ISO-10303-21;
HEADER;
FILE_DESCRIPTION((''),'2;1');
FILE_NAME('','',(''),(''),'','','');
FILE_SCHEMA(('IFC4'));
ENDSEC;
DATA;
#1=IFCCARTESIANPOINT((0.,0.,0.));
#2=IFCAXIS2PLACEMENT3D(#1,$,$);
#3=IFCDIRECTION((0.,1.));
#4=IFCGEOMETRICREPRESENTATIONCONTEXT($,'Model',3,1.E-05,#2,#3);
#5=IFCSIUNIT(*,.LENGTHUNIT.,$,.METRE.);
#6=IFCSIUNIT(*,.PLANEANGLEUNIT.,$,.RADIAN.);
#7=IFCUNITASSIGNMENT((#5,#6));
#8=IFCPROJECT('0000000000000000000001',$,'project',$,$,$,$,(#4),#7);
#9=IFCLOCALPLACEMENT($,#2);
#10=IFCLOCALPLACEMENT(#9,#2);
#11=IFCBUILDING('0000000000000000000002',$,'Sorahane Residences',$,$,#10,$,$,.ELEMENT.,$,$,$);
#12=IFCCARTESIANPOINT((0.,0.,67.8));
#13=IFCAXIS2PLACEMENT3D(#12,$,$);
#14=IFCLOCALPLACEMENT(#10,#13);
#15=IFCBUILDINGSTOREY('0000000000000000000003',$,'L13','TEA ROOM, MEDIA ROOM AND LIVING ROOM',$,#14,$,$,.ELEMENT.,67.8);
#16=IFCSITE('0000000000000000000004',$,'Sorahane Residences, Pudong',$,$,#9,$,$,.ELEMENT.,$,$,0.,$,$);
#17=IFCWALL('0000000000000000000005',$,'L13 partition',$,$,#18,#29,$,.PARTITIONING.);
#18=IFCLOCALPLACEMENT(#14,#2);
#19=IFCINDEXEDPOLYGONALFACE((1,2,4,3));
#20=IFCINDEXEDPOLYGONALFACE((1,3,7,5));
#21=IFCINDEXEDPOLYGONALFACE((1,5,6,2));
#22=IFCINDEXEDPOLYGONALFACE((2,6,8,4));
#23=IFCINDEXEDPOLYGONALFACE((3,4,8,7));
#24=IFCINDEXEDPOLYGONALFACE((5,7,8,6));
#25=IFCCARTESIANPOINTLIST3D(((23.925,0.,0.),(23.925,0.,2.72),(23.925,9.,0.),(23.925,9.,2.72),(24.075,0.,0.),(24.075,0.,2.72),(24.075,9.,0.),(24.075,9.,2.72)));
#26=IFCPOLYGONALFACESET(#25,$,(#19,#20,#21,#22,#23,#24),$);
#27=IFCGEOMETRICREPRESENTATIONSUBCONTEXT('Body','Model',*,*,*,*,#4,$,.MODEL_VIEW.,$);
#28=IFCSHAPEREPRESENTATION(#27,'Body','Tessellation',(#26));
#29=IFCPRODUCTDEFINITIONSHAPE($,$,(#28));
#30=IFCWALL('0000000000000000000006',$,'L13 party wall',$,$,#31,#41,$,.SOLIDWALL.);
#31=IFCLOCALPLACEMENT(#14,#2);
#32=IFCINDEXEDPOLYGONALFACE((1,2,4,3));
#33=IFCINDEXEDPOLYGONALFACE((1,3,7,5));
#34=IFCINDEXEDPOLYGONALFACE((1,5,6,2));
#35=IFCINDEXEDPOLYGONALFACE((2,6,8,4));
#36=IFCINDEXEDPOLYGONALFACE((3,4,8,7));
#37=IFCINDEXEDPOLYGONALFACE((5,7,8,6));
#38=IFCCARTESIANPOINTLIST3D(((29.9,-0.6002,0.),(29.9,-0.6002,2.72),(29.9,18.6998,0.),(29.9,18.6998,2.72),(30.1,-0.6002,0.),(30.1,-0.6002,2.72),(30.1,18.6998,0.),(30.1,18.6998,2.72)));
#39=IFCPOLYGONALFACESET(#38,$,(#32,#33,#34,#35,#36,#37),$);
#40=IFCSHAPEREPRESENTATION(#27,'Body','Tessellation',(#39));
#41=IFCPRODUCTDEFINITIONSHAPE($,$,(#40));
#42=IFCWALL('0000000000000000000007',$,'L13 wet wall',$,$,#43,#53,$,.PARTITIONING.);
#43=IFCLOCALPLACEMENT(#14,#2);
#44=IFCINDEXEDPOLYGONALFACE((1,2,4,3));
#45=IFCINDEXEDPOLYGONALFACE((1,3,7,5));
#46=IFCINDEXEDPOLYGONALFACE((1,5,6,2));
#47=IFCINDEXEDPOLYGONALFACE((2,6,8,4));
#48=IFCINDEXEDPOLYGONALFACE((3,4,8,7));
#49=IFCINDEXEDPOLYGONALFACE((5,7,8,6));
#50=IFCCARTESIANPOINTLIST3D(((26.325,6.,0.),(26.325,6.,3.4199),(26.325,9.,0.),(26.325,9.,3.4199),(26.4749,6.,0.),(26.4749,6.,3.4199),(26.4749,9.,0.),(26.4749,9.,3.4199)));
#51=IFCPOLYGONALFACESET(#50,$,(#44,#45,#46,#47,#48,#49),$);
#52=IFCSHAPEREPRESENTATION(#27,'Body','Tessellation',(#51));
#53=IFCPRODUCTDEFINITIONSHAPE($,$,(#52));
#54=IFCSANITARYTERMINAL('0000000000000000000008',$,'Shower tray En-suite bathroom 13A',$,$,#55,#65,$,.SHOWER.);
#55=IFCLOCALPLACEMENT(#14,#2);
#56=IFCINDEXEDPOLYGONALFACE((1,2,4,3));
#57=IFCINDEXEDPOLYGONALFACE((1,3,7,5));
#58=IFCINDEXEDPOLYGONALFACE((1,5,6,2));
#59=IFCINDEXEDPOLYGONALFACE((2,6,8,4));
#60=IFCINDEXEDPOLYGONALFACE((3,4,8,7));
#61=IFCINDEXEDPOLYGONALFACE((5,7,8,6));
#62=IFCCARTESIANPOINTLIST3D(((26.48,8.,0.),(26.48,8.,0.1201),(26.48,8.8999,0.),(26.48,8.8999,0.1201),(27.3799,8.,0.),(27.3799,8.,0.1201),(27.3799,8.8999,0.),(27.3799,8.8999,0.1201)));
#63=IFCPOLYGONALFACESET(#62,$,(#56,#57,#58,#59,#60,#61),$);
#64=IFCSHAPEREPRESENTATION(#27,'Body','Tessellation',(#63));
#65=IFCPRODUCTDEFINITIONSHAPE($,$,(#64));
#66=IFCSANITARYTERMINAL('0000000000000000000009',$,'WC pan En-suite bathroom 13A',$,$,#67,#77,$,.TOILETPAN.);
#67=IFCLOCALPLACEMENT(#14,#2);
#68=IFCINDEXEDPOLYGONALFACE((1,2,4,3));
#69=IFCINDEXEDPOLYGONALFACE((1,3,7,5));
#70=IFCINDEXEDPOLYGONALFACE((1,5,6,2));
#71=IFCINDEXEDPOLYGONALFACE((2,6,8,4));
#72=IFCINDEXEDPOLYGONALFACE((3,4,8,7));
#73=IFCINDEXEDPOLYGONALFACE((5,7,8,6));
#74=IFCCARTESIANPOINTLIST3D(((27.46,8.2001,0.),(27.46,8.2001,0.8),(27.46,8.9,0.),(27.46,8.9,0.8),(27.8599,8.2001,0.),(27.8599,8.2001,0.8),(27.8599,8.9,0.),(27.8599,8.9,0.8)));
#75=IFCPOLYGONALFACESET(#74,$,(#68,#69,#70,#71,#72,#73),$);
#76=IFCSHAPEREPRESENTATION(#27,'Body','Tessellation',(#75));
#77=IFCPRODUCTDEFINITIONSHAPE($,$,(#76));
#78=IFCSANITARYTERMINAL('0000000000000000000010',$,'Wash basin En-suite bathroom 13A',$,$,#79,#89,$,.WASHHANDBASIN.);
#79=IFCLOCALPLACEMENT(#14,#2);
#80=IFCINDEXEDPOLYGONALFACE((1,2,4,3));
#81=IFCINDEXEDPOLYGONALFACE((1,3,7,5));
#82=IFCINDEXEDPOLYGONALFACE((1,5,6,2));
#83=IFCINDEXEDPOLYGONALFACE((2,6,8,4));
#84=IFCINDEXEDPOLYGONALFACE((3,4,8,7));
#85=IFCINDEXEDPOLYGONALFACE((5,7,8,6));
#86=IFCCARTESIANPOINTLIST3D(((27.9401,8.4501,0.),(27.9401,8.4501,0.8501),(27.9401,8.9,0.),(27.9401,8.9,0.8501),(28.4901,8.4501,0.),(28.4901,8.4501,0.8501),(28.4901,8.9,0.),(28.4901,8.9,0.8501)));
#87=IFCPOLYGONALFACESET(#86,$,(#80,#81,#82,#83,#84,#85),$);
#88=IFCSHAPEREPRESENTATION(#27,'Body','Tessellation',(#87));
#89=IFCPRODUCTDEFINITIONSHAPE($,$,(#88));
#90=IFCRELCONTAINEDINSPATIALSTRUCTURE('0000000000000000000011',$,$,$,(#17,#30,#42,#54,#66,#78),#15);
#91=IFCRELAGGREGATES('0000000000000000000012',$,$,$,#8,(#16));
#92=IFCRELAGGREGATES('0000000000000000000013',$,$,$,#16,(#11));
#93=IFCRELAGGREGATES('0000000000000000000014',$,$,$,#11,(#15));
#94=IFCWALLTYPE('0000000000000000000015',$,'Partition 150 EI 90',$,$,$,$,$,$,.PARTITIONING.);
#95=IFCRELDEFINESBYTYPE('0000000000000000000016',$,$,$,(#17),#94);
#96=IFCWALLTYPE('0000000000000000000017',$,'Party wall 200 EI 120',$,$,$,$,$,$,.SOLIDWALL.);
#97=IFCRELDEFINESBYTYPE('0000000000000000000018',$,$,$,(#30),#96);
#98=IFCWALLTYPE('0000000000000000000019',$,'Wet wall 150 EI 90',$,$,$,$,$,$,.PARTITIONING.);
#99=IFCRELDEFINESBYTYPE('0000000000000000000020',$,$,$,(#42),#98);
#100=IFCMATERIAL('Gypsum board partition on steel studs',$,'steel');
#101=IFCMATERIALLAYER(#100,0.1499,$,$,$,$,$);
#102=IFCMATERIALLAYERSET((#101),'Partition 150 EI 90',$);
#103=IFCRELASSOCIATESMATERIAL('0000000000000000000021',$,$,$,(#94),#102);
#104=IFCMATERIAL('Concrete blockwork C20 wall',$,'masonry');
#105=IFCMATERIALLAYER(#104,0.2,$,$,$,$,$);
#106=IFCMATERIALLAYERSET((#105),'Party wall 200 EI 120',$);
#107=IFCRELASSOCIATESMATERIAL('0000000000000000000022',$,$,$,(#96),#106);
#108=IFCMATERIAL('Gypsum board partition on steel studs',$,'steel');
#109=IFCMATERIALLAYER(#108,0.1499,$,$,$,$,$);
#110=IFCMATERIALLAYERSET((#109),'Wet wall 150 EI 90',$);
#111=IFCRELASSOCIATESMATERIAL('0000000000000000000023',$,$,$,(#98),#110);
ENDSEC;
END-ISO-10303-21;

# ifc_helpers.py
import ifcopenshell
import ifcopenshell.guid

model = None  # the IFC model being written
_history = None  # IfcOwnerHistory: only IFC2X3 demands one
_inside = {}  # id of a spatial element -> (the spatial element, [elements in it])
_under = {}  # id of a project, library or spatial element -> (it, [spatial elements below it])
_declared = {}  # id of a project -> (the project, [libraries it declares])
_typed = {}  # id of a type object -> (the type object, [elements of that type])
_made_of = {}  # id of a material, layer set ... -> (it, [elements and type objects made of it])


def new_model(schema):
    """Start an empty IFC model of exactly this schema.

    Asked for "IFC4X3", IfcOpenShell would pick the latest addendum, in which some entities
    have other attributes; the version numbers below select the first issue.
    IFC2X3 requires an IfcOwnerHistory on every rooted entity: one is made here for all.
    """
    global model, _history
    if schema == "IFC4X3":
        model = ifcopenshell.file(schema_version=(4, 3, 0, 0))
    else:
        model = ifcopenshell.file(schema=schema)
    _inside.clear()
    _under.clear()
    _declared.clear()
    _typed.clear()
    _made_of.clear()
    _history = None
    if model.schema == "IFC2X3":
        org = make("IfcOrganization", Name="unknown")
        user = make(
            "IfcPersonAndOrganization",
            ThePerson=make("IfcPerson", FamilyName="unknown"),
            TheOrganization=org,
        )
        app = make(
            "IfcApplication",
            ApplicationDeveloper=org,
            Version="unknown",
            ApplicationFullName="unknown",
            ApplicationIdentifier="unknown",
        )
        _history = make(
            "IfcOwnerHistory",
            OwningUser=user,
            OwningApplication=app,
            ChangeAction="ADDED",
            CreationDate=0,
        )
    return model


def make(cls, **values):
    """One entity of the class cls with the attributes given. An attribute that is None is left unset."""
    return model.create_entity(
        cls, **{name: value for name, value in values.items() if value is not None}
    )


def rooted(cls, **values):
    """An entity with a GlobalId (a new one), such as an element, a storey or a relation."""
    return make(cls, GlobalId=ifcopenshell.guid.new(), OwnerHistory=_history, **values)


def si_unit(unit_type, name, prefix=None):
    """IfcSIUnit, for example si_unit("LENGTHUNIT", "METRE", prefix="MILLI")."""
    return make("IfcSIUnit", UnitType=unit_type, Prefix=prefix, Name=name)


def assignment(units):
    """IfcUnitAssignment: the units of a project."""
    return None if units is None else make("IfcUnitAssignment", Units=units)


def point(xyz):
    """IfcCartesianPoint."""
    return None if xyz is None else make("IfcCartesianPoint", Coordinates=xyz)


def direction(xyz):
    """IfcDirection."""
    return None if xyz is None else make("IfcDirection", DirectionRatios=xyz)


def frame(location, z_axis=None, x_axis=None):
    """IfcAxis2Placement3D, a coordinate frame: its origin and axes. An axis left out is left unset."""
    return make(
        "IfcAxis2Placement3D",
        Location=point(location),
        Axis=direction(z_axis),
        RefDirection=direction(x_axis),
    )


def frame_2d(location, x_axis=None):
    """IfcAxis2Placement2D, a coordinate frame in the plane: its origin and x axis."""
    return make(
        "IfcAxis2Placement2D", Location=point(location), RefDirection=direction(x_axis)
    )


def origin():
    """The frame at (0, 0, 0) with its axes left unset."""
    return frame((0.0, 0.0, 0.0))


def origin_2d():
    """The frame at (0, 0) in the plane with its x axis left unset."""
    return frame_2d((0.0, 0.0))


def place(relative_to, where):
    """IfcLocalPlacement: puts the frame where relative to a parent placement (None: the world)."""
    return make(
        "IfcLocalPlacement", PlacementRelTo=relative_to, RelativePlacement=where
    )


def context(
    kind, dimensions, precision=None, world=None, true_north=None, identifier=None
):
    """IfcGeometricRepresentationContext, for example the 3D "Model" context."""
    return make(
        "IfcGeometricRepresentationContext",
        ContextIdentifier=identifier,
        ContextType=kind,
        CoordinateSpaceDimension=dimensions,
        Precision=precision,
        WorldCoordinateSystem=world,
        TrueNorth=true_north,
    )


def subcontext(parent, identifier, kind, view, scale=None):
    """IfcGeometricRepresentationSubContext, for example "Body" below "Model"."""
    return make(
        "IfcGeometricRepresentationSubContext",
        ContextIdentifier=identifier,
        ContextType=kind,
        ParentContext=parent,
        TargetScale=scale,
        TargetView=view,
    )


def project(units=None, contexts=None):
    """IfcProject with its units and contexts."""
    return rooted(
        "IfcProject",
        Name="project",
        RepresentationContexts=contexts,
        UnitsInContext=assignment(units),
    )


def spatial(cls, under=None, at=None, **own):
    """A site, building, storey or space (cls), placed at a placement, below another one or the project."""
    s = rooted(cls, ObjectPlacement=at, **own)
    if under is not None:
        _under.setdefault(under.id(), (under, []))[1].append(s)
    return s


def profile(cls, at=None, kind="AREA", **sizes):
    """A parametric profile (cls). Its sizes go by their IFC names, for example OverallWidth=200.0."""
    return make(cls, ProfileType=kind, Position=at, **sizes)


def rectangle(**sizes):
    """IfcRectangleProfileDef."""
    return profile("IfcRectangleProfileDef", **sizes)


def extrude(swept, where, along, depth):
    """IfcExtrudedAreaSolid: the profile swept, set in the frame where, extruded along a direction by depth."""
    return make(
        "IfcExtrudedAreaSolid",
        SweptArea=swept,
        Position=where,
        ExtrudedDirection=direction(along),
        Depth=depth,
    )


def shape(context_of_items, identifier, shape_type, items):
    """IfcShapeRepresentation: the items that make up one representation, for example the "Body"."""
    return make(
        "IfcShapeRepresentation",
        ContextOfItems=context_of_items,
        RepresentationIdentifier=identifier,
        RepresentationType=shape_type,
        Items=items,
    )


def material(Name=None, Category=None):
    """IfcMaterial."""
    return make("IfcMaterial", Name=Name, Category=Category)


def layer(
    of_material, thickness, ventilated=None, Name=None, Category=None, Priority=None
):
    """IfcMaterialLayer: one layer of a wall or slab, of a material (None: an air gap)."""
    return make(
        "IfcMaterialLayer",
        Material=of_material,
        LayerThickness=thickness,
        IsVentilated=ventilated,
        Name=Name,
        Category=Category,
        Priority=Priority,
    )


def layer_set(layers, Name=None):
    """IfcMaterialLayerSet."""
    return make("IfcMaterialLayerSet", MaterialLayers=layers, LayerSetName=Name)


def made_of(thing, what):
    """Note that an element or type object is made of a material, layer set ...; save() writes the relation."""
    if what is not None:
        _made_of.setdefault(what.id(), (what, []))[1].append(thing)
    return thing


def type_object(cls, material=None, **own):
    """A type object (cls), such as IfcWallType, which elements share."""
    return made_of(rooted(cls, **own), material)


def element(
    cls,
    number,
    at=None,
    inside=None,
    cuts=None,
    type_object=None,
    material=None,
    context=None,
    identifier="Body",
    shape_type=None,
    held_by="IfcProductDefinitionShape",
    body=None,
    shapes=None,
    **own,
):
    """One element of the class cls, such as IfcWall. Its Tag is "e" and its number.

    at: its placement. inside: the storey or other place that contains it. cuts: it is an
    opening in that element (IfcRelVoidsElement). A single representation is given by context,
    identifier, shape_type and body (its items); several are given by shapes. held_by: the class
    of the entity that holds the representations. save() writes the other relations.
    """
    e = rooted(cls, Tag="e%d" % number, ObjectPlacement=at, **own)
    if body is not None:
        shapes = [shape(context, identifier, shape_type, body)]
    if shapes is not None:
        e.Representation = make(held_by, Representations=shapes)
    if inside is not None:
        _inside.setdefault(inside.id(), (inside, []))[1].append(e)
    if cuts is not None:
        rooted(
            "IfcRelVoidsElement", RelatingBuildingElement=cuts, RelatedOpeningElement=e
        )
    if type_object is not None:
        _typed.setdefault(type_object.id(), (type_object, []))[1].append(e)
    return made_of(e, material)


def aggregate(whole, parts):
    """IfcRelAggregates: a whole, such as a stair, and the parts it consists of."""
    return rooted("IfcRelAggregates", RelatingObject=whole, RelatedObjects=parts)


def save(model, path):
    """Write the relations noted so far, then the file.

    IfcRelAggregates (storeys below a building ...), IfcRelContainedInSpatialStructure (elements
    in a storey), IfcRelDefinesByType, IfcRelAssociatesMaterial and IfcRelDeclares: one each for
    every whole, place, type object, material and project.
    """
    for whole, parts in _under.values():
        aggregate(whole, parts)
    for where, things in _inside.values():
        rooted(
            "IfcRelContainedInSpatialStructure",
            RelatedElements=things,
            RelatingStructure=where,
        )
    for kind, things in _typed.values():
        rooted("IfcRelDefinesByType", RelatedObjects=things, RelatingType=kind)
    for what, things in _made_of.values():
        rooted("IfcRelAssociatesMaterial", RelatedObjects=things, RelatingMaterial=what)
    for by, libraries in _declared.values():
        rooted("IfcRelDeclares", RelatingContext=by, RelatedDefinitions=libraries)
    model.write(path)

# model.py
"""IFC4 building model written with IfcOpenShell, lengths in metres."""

from ifc_helpers import new_model, si_unit, direction, frame, frame_2d, origin, origin_2d, place, context, subcontext, project, spatial, rectangle, extrude, material, layer, layer_set, type_object, element, save


model = new_model("IFC4")

# Units and contexts
model_context = context("Model", 3, precision=1e-05, world=origin(), true_north=direction((0.0, 1.0)))
body_context = subcontext(model_context, "Body", "Model", "MODEL_VIEW")
ifc_project = project(units=[si_unit("LENGTHUNIT", "METRE"), si_unit("PLANEANGLEUNIT", "RADIAN")], contexts=[model_context])

# Site, building, storey
site_placement = place(None, origin())
site = spatial("IfcSite", under=ifc_project, at=site_placement, Name="Sorahane Residences, Pudong", CompositionType="ELEMENT", RefElevation=0.0)
building_placement = place(site_placement, origin())
building = spatial("IfcBuilding", under=site, at=building_placement, Name="Sorahane Residences", CompositionType="ELEMENT")
storey_placement = place(building_placement, frame((0.0, 0.0, 67.8)))
storey = spatial("IfcBuildingStorey", under=building, at=storey_placement, Name="L13", Description="TEA ROOM, MEDIA ROOM AND LIVING ROOM", CompositionType="ELEMENT", Elevation=67.8)

# Wall
ifc_material_1 = material(Name="Gypsum board partition on steel studs", Category="steel")
ifc_layer_1 = layer(ifc_material_1, 0.1499)
ifc_layer_set_1 = layer_set([ifc_layer_1], Name="Partition 150 EI 90")
wall_type_1 = type_object("IfcWallType", Name="Partition 150 EI 90", PredefinedType="PARTITIONING", material=ifc_layer_set_1)
for number, where, z_axis, x_axis, name in (
    (1, (24.0, 0.0, 0.0), (0.0, 0.0, 1.0), (0.0, 1.0, 0.0), "L13 partition"),
):
    element("IfcWall", number, at=place(storey_placement, frame(where, z_axis=z_axis, x_axis=x_axis)), inside=storey, type_object=wall_type_1, Name=name, PredefinedType="PARTITIONING", context=body_context, shape_type="SweptSolid", body=[
        extrude(rectangle(XDim=9.0, YDim=0.1499, at=frame_2d((4.5, 0.0))), origin(), (0.0, 0.0, 1.0), 2.72),
    ])

# Walls
ifc_material_2 = material(Name="Concrete blockwork C20 wall", Category="masonry")
ifc_layer_2 = layer(ifc_material_2, 0.2)
ifc_layer_set_2 = layer_set([ifc_layer_2], Name="Party wall 200 EI 120")
wall_type_2 = type_object("IfcWallType", Name="Party wall 200 EI 120", PredefinedType="SOLIDWALL", material=ifc_layer_set_2)
wall_1_placement = place(storey_placement, frame((30.0, -0.6001, 0.0), z_axis=(0.0, 0.0, 1.0), x_axis=(0.0, 1.0, 0.0)))
element("IfcWall", 2, at=wall_1_placement, inside=storey, type_object=wall_type_2, Name="L13 party wall", PredefinedType="SOLIDWALL", context=body_context, shape_type="SweptSolid", body=[
    extrude(rectangle(XDim=19.3, YDim=0.2, at=frame_2d((9.6499, 0.0))), origin(), (0.0, 0.0, 1.0), 2.72),
])
ifc_material_3 = material(Name="Gypsum board partition on steel studs", Category="steel")
ifc_layer_3 = layer(ifc_material_3, 0.1499)
ifc_layer_set_3 = layer_set([ifc_layer_3], Name="Wet wall 150 EI 90")
wall_type_3 = type_object("IfcWallType", Name="Wet wall 150 EI 90", PredefinedType="PARTITIONING", material=ifc_layer_set_3)
wall_2_placement = place(storey_placement, frame((26.3999, 6.0, 0.0), z_axis=(0.0, 0.0, 1.0), x_axis=(0.0, 1.0, 0.0)))
element("IfcWall", 3, at=wall_2_placement, inside=storey, type_object=wall_type_3, Name="L13 wet wall", PredefinedType="PARTITIONING", context=body_context, shape_type="SweptSolid", body=[
    extrude(rectangle(XDim=3.0, YDim=0.1499, at=frame_2d((1.5, 0.0))), origin(), (0.0, 0.0, 1.0), 3.4199),
])

# Sanitary terminals
sanitary_terminal_1_placement = place(storey_placement, frame((26.9299, 8.45, 0.0), z_axis=(0.0, 0.0, 1.0), x_axis=(1.0, 0.0, 0.0)))
element("IfcSanitaryTerminal", 4, at=sanitary_terminal_1_placement, inside=storey, Name="Shower tray En-suite bathroom 13A", PredefinedType="SHOWER", context=body_context, shape_type="SweptSolid", body=[
    extrude(rectangle(XDim=0.8999, YDim=0.8999, at=origin_2d()), origin(), (0.0, 0.0, 1.0), 0.1201),
])
sanitary_terminal_2_placement = place(storey_placement, frame((27.6599, 8.55, 0.0), z_axis=(0.0, 0.0, 1.0), x_axis=(1.0, 0.0, 0.0)))
element("IfcSanitaryTerminal", 5, at=sanitary_terminal_2_placement, inside=storey, Name="WC pan En-suite bathroom 13A", PredefinedType="TOILETPAN", context=body_context, shape_type="SweptSolid", body=[
    extrude(rectangle(XDim=0.3999, YDim=0.7, at=origin_2d()), origin(), (0.0, 0.0, 1.0), 0.8),
])
sanitary_terminal_3_placement = place(storey_placement, frame((28.2151, 8.675, 0.0), z_axis=(0.0, 0.0, 1.0), x_axis=(1.0, 0.0, 0.0)))
element("IfcSanitaryTerminal", 6, at=sanitary_terminal_3_placement, inside=storey, Name="Wash basin En-suite bathroom 13A", PredefinedType="WASHHANDBASIN", context=body_context, shape_type="SweptSolid", body=[
    extrude(rectangle(XDim=0.55, YDim=0.45, at=origin_2d()), origin(), (0.0, 0.0, 1.0), 0.8501),
])

save(model, "model.ifc")
